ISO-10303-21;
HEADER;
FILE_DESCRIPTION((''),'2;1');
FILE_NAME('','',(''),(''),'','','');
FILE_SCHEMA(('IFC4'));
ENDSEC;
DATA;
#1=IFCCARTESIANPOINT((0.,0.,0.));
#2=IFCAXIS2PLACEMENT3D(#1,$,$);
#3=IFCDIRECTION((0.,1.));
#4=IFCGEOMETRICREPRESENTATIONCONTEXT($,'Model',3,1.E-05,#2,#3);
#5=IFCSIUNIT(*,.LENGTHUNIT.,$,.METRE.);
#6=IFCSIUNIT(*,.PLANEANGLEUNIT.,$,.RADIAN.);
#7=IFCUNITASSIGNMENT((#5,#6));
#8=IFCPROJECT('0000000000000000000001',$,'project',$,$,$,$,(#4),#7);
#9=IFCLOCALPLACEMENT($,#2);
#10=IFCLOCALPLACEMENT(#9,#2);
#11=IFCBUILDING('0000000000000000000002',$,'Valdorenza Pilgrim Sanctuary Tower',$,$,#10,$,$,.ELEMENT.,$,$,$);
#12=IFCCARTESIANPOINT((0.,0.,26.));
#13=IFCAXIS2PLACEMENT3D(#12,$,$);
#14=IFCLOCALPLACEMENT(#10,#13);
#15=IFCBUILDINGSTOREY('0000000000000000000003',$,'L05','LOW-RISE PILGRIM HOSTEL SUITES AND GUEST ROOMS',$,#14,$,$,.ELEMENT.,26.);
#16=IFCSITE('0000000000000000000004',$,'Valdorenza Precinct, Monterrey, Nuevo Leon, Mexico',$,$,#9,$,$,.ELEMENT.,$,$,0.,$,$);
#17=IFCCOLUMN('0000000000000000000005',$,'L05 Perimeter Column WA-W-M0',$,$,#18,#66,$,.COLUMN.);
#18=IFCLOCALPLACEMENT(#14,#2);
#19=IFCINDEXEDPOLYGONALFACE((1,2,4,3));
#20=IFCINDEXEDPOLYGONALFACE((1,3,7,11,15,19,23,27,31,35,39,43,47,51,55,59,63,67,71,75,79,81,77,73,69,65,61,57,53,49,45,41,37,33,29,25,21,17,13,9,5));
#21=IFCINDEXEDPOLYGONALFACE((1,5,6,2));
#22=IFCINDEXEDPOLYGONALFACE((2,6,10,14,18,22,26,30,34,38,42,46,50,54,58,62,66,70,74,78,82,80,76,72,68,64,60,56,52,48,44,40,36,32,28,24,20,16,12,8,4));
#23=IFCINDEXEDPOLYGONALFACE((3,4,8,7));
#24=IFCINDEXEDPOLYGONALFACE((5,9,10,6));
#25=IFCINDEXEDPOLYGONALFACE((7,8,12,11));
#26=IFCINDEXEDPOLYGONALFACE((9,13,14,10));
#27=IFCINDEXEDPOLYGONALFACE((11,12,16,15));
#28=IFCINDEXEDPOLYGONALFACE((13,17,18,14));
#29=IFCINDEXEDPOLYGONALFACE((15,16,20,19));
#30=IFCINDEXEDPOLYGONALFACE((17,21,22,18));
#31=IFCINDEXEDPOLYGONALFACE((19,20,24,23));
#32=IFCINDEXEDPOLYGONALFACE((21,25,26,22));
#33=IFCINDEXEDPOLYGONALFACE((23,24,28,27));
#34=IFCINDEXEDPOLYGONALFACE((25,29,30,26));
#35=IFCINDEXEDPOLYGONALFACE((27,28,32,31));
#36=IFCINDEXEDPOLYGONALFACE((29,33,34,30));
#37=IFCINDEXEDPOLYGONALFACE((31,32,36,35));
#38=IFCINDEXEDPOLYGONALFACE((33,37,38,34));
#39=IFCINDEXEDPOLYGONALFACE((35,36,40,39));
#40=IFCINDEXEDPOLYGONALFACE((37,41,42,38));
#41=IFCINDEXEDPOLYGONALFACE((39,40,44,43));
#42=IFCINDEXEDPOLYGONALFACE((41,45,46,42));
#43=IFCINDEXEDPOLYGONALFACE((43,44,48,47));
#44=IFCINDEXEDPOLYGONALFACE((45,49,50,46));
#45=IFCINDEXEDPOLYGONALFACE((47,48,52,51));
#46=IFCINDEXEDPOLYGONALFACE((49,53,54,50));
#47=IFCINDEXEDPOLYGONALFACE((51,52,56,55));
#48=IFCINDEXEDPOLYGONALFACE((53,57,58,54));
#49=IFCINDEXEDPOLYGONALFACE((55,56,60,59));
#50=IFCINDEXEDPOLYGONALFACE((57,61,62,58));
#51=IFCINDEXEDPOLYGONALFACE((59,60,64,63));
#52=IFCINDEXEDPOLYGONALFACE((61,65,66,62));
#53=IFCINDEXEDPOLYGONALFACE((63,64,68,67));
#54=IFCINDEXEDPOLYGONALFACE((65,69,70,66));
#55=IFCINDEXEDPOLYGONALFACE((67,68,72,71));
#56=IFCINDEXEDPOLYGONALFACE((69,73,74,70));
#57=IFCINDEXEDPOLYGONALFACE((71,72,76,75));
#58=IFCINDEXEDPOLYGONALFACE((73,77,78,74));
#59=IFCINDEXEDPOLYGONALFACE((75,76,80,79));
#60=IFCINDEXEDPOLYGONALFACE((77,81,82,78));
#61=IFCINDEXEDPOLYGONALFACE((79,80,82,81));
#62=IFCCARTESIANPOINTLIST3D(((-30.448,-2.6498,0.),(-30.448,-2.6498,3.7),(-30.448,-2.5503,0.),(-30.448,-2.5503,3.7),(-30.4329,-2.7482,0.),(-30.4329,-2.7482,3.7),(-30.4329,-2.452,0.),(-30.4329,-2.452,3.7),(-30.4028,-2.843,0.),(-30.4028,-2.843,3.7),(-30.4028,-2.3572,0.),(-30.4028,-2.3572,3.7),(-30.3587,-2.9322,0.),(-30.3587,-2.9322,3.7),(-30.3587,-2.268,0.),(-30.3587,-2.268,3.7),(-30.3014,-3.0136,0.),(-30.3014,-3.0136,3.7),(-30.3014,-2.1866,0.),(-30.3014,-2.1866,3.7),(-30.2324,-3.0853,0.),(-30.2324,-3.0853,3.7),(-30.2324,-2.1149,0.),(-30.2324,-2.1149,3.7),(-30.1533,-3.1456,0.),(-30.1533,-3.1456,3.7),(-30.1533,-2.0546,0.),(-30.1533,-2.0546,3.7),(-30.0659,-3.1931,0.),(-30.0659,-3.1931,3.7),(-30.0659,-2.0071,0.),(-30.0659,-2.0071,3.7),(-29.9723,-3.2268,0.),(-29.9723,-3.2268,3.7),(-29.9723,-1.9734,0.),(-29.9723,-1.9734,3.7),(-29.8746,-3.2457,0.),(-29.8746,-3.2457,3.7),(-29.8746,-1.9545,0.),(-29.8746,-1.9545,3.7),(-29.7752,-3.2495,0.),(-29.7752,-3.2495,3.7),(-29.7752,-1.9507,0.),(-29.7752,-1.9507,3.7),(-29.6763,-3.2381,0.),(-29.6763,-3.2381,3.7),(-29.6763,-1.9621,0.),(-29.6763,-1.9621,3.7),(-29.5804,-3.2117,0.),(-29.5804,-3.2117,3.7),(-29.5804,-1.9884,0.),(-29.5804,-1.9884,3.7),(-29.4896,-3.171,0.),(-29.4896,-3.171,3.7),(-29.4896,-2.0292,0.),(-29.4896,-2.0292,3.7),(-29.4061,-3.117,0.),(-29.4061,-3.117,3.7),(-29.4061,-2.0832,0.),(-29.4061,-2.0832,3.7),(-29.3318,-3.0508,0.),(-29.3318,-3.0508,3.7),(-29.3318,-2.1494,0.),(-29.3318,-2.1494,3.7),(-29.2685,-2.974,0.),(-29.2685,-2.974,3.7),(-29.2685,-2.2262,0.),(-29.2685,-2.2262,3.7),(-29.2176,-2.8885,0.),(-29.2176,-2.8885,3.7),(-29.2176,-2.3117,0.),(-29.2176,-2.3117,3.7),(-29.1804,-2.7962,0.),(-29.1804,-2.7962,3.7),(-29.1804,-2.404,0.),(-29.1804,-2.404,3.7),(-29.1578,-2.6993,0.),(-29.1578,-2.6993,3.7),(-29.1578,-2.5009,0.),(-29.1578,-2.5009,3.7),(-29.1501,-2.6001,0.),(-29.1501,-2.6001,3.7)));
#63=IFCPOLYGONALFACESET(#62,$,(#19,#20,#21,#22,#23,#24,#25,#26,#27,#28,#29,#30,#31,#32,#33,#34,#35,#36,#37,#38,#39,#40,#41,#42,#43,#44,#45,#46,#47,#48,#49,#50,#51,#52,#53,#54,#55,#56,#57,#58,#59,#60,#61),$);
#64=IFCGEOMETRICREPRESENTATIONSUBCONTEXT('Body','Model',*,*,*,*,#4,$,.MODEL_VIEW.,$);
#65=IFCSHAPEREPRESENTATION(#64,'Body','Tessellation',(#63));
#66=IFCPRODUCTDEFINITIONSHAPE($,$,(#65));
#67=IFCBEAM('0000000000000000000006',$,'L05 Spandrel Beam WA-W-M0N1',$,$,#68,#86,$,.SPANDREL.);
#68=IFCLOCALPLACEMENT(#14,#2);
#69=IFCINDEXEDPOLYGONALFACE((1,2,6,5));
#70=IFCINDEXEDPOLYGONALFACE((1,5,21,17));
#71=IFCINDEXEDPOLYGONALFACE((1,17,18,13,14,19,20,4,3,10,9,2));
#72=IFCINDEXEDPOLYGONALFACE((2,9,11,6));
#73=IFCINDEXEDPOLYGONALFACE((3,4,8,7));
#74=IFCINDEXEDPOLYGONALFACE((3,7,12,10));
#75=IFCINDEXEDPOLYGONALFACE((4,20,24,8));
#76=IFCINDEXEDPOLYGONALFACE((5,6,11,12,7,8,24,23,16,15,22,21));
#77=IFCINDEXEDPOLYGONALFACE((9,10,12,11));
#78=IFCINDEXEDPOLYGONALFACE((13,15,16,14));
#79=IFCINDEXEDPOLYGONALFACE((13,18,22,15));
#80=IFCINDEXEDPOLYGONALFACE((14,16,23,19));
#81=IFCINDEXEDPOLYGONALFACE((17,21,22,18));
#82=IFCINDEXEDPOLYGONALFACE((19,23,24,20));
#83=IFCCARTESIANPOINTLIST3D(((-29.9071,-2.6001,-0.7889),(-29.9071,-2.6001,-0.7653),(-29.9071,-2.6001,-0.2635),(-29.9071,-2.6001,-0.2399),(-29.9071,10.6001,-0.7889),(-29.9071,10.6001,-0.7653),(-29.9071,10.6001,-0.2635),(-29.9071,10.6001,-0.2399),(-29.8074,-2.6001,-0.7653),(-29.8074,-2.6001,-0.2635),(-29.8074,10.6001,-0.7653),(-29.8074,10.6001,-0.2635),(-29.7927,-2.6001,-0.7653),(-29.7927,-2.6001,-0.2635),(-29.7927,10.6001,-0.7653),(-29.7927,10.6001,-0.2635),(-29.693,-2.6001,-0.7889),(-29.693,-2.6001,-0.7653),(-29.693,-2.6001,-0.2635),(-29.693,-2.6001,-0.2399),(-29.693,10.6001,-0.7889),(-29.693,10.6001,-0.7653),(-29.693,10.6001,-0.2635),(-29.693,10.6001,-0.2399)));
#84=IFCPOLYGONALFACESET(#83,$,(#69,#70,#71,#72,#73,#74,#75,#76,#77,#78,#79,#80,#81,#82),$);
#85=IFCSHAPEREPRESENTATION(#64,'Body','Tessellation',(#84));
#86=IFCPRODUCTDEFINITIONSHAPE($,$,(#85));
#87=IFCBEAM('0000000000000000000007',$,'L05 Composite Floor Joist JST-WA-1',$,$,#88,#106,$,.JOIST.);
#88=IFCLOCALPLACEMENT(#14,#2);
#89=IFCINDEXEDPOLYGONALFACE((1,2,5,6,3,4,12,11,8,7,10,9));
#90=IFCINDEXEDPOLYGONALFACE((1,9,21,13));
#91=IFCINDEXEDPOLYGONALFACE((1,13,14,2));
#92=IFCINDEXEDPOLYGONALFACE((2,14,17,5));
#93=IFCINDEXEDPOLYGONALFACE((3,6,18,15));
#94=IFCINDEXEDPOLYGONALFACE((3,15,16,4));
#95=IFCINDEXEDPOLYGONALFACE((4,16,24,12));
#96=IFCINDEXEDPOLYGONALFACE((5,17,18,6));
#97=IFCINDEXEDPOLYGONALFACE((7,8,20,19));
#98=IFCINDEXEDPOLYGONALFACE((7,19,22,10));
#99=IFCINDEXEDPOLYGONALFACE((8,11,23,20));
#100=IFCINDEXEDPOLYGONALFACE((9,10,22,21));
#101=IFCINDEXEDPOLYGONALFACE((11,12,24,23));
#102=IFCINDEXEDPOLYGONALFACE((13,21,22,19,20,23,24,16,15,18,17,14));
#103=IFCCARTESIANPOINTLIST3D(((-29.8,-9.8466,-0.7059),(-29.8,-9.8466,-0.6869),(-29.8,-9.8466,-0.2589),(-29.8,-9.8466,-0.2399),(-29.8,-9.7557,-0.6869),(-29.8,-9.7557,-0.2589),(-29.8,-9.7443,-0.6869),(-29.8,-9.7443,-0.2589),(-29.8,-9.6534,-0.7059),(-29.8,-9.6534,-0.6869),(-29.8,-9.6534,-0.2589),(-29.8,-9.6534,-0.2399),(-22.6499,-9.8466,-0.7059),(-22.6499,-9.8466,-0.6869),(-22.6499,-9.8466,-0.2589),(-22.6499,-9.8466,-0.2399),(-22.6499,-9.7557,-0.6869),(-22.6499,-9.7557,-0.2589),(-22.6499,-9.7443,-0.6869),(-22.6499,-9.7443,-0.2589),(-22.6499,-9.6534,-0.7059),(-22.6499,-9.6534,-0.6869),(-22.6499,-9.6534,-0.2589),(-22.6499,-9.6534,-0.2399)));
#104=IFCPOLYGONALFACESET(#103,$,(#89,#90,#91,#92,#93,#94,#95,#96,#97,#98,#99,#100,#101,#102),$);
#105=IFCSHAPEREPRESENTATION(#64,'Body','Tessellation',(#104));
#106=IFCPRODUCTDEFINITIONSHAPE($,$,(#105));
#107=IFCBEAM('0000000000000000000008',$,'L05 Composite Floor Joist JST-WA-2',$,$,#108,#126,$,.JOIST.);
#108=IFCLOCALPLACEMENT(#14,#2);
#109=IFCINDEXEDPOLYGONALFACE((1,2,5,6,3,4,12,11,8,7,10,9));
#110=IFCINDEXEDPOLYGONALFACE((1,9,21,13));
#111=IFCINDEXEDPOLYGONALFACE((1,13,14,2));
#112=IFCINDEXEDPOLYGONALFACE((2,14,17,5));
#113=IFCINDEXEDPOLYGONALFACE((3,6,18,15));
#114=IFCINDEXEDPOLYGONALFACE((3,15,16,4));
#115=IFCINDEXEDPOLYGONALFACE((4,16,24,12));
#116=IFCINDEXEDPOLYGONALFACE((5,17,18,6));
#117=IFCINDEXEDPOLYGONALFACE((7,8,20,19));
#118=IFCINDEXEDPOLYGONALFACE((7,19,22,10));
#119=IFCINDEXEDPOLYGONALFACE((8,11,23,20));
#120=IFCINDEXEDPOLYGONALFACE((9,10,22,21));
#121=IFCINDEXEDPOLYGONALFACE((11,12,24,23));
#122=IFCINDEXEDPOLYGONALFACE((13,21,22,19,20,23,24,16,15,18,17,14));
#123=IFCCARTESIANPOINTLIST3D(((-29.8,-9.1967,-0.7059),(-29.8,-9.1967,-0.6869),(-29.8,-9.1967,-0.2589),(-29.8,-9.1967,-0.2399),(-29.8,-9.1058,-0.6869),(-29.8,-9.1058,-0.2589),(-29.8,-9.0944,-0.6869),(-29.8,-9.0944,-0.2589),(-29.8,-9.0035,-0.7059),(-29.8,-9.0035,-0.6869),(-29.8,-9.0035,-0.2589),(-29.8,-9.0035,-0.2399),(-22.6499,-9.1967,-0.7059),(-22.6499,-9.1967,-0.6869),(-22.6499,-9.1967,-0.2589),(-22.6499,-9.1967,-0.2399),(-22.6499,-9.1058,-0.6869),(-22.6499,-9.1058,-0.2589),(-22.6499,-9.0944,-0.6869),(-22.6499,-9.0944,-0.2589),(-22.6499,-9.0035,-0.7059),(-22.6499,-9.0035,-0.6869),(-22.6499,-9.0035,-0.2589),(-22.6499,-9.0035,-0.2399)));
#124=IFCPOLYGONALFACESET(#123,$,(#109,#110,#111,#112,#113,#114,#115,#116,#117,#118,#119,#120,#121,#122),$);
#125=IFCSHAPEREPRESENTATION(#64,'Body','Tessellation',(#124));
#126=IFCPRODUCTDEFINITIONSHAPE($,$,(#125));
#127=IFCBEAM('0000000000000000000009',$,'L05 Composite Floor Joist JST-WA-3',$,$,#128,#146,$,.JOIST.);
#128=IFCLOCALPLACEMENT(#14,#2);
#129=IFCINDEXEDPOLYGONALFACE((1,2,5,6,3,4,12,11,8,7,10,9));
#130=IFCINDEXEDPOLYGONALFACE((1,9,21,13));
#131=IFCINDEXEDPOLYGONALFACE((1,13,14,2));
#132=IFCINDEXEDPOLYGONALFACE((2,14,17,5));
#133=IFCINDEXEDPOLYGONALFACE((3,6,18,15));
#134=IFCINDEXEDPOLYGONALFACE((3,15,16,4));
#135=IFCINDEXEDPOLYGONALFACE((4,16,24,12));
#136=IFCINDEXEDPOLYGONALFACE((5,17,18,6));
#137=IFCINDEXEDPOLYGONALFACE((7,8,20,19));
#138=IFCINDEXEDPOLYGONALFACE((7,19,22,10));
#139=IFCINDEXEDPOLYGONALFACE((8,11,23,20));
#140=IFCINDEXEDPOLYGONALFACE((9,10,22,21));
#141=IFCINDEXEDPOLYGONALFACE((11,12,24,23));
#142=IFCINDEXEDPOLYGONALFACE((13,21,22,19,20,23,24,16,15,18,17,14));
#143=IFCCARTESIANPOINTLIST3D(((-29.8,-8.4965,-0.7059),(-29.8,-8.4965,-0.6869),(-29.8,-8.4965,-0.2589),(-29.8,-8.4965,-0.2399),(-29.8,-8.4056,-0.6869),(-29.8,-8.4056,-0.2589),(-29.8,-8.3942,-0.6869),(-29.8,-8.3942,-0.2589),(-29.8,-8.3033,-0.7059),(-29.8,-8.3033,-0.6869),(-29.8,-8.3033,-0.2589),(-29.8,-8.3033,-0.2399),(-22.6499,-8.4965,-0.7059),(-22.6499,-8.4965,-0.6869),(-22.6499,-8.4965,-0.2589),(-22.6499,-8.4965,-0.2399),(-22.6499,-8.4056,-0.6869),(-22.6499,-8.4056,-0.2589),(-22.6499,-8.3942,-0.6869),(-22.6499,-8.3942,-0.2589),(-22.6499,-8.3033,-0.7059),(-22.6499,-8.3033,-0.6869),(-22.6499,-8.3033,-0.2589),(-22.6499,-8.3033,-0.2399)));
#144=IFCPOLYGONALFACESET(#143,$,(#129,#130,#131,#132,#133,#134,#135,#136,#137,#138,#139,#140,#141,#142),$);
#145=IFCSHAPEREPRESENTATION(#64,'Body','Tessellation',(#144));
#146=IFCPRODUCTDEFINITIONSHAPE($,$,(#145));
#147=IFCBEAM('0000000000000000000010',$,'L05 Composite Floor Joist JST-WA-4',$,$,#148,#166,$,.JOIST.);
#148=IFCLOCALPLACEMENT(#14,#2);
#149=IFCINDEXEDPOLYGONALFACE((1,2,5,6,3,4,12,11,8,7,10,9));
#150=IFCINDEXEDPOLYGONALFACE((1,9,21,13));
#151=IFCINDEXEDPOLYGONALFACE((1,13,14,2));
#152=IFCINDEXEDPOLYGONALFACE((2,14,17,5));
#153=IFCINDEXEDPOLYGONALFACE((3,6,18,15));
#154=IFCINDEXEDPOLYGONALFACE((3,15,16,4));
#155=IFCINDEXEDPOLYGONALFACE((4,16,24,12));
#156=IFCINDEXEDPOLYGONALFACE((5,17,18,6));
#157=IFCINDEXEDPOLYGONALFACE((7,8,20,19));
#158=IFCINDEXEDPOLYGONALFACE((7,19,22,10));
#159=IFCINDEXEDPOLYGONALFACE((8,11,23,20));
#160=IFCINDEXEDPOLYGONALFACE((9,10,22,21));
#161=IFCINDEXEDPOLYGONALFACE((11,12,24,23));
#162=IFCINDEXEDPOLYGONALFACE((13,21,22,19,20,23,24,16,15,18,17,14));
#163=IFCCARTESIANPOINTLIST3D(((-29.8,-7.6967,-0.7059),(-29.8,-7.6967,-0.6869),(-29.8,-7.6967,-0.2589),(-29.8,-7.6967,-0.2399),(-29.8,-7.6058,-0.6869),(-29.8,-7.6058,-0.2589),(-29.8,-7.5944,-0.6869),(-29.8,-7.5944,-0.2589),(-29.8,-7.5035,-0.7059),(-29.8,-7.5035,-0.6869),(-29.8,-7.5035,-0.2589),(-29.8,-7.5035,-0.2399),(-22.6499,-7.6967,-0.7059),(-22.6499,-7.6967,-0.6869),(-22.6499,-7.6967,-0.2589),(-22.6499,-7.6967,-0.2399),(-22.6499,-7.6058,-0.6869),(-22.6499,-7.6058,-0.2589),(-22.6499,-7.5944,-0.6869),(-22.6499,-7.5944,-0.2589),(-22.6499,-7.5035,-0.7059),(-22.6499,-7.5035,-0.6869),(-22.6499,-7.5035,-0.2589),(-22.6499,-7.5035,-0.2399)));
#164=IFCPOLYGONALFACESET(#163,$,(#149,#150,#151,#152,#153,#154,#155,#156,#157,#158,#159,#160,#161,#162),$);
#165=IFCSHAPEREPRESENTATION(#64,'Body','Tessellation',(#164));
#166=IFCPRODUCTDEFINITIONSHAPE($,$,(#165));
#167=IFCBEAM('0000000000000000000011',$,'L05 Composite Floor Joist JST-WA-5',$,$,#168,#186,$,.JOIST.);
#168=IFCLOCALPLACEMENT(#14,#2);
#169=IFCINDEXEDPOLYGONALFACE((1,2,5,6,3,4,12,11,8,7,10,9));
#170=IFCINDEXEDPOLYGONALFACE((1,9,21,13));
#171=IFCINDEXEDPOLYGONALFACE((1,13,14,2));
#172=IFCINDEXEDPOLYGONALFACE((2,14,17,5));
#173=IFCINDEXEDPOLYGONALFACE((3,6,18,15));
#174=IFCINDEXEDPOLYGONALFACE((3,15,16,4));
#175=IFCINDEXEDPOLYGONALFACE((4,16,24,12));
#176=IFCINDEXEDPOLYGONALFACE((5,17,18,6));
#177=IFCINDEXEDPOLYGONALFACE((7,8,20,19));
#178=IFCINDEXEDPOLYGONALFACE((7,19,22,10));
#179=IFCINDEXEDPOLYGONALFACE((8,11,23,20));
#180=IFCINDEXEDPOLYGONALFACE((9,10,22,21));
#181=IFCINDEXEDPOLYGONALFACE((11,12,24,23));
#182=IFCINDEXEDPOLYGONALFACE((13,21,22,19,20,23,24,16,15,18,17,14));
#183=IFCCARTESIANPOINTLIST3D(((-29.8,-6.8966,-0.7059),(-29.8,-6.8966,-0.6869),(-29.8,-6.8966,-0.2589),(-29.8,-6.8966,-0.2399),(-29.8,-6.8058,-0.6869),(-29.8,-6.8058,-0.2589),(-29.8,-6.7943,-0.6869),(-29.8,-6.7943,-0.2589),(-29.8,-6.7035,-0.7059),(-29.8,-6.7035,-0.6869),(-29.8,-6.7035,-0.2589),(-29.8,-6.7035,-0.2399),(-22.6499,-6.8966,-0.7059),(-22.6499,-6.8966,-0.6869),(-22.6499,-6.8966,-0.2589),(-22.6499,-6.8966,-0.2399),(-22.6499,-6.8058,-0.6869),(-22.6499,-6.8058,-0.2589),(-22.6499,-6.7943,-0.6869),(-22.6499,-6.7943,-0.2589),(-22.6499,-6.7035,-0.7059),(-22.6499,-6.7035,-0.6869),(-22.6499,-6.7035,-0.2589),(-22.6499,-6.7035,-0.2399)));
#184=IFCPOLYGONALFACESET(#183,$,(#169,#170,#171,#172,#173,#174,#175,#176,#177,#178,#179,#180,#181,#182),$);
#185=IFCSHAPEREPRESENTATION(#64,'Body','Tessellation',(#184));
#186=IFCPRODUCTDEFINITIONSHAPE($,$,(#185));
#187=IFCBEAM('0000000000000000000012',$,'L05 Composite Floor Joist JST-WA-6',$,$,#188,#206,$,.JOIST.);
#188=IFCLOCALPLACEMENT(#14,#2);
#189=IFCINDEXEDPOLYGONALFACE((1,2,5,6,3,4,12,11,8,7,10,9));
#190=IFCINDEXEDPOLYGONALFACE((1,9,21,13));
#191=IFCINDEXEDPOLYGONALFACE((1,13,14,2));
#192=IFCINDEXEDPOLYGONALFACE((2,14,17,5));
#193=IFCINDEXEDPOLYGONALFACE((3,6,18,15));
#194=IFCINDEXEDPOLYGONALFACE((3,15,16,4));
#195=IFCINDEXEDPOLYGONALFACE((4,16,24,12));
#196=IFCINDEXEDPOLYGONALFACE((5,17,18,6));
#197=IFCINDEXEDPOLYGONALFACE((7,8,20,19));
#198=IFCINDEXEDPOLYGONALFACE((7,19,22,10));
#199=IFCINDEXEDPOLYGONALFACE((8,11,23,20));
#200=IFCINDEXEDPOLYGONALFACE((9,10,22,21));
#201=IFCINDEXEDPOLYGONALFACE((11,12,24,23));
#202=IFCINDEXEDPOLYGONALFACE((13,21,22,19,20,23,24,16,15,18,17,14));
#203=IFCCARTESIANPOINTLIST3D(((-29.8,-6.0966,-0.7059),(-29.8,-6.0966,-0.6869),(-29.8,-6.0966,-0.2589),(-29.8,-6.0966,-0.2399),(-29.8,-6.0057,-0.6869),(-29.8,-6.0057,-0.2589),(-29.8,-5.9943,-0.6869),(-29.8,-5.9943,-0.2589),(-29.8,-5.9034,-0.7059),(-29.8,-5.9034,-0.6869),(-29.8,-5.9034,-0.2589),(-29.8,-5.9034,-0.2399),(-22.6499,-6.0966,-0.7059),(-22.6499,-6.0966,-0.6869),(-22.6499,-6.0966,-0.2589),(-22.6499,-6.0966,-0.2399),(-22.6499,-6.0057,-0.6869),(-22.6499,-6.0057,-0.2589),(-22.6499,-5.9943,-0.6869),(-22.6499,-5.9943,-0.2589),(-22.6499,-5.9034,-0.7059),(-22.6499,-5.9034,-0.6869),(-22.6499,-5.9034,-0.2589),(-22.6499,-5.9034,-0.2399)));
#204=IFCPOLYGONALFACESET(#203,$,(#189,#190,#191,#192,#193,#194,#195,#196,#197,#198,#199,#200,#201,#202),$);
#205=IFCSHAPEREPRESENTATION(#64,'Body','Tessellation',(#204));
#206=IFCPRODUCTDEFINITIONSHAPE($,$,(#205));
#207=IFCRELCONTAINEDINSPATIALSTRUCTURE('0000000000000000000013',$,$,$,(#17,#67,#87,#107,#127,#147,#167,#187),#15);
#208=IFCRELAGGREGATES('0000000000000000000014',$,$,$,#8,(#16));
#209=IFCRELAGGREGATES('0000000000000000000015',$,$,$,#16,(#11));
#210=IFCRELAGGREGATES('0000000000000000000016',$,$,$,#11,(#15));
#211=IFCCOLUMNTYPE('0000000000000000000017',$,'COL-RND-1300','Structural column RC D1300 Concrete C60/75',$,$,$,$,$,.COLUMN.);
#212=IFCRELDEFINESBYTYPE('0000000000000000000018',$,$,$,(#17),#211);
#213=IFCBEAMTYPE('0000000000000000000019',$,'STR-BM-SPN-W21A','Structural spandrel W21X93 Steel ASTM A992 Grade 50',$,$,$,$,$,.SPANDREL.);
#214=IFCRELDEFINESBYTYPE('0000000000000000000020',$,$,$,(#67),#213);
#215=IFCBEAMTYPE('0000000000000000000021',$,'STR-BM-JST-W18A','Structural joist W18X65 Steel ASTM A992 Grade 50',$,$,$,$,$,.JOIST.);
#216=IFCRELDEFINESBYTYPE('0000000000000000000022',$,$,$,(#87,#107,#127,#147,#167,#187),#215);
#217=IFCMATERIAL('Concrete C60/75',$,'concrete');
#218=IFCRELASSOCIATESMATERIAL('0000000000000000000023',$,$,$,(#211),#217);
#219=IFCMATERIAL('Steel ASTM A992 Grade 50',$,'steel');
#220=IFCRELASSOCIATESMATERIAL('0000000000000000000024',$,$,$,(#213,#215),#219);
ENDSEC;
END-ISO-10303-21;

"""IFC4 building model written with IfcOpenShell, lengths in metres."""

from ifc_helpers import new_model, si_unit, direction, frame, origin, origin_2d, place, context, subcontext, project, spatial, circle, i_section, extrude, source, transform, mapped, material, material_profile, profile_set, type_object, element, save


model = new_model("IFC4")

# Units and contexts
model_context = context("Model", 3, precision=1e-05, world=origin(), true_north=direction((0.0, 1.0)))
body_context = subcontext(model_context, "Body", "Model", "MODEL_VIEW")
ifc_project = project(units=[si_unit("LENGTHUNIT", "METRE"), si_unit("PLANEANGLEUNIT", "RADIAN")], contexts=[model_context])

# Site, building, storey
site_placement = place(None, origin())
site = spatial("IfcSite", under=ifc_project, at=site_placement, Name="Valdorenza Precinct, Monterrey, Nuevo Leon, Mexico", CompositionType="ELEMENT", RefElevation=0.0)
building_placement = place(site_placement, origin())
building = spatial("IfcBuilding", under=site, at=building_placement, Name="Valdorenza Pilgrim Sanctuary Tower", CompositionType="ELEMENT")
storey_placement = place(building_placement, frame((0.0, 0.0, 26.0)))
storey = spatial("IfcBuildingStorey", under=building, at=storey_placement, Name="L05", Description="LOW-RISE PILGRIM HOSTEL SUITES AND GUEST ROOMS", CompositionType="ELEMENT", Elevation=26.0)

# Column
ifc_material_1 = material(Name="Concrete C60/75", Category="concrete")
ifc_material_profile_1 = material_profile(ifc_material_1, circle(Radius=0.6499, at=origin_2d()), Name="RC D1300")
ifc_profile_set_1 = profile_set([ifc_material_profile_1], Name="Concrete C60/75")
column_type = type_object("IfcColumnType", Name="COL-RND-1300", Description="Structural column RC D1300 Concrete C60/75", PredefinedType="COLUMN", material=ifc_profile_set_1)
shared_shape_1 = source(origin(), body_context, "Body", "SweptSolid", [
    extrude(circle(Radius=0.6499, at=origin_2d()), origin(), (0.0, 0.0, 1.0), 3.7),
])
column_placement = place(storey_placement, frame((-29.8, -2.6001, 0.0), z_axis=(0.0, 0.0, 1.0), x_axis=(1.0, 0.0, 0.0)))
element("IfcColumn", 1, at=column_placement, inside=storey, type_object=column_type, Name="L05 Perimeter Column WA-W-M0", PredefinedType="COLUMN", context=body_context, shape_type="MappedRepresentation", body=[
    mapped(shared_shape_1, transform((0.0, 0.0, 0.0), x_axis=(1.0, 0.0, 0.0), y_axis=(0.0, 1.0, 0.0), z_axis=(0.0, 0.0, 1.0), scale=1.0)),
])

# Beams
ifc_material_2 = material(Name="Steel ASTM A992 Grade 50", Category="steel")
ifc_material_profile_2 = material_profile(ifc_material_2, i_section(OverallWidth=0.2141, OverallDepth=0.5491, WebThickness=0.0146, FlangeThickness=0.0237, at=origin_2d()), Name="W21X93")
ifc_profile_set_2 = profile_set([ifc_material_profile_2], Name="Steel ASTM A992 Grade 50")
beam_type_1 = type_object("IfcBeamType", Name="STR-BM-SPN-W21A", Description="Structural spandrel W21X93 Steel ASTM A992 Grade 50", PredefinedType="SPANDREL", material=ifc_profile_set_2)
shared_shape_2 = source(origin(), body_context, "Body", "SweptSolid", [
    extrude(i_section(OverallWidth=0.2141, OverallDepth=0.5491, WebThickness=0.0146, FlangeThickness=0.0237, at=origin_2d()), origin(), (0.0, 0.0, 1.0), 13.2002),
])
beam_1_placement = place(storey_placement, frame((-29.8, -2.6001, -0.5144), z_axis=(0.0, 1.0, 0.0), x_axis=(-1.0, 0.0, 0.0)))
element("IfcBeam", 2, at=beam_1_placement, inside=storey, type_object=beam_type_1, Name="L05 Spandrel Beam WA-W-M0N1", PredefinedType="SPANDREL", context=body_context, shape_type="MappedRepresentation", body=[
    mapped(shared_shape_2, transform((0.0, 0.0, 0.0), x_axis=(1.0, 0.0, 0.0), y_axis=(0.0, 1.0, 0.0), z_axis=(0.0, 0.0, 1.0), scale=1.0)),
])
ifc_material_profile_3 = material_profile(ifc_material_2, i_section(OverallWidth=0.1931, OverallDepth=0.4661, WebThickness=0.0115, FlangeThickness=0.019, at=origin_2d()), Name="W18X65")
ifc_profile_set_3 = profile_set([ifc_material_profile_3], Name="Steel ASTM A992 Grade 50")
beam_type_2 = type_object("IfcBeamType", Name="STR-BM-JST-W18A", Description="Structural joist W18X65 Steel ASTM A992 Grade 50", PredefinedType="JOIST", material=ifc_profile_set_3)
shared_shape_3 = source(origin(), body_context, "Body", "SweptSolid", [
    extrude(i_section(OverallWidth=0.1931, OverallDepth=0.4661, WebThickness=0.0115, FlangeThickness=0.019, at=origin_2d()), origin(), (0.0, 0.0, 1.0), 7.1501),
])
for number, where, z_axis, x_axis, name in (
    (3, (-29.8, -9.75, -0.4729), (1.0, 0.0, 0.0), (0.0, 1.0, 0.0), "L05 Composite Floor Joist JST-WA-1"),
    (4, (-29.8, -9.1001, -0.4729), (1.0, 0.0, 0.0), (0.0, 1.0, 0.0), "L05 Composite Floor Joist JST-WA-2"),
    (5, (-29.8, -8.3999, -0.4729), (1.0, 0.0, 0.0), (0.0, 1.0, 0.0), "L05 Composite Floor Joist JST-WA-3"),
    (6, (-29.8, -7.6001, -0.4729), (1.0, 0.0, 0.0), (0.0, 1.0, 0.0), "L05 Composite Floor Joist JST-WA-4"),
    (7, (-29.8, -6.8, -0.4729), (1.0, 0.0, 0.0), (0.0, 1.0, 0.0), "L05 Composite Floor Joist JST-WA-5"),
    (8, (-29.8, -6.0, -0.4729), (1.0, 0.0, 0.0), (0.0, 1.0, 0.0), "L05 Composite Floor Joist JST-WA-6"),
):
    element("IfcBeam", number, at=place(storey_placement, frame(where, z_axis=z_axis, x_axis=x_axis)), inside=storey, type_object=beam_type_2, Name=name, PredefinedType="JOIST", context=body_context, shape_type="MappedRepresentation", body=[
        mapped(shared_shape_3, transform((0.0, 0.0, 0.0), x_axis=(1.0, 0.0, 0.0), y_axis=(0.0, 1.0, 0.0), z_axis=(0.0, 0.0, 1.0), scale=1.0)),
    ])

save(model, "model.ifc")
